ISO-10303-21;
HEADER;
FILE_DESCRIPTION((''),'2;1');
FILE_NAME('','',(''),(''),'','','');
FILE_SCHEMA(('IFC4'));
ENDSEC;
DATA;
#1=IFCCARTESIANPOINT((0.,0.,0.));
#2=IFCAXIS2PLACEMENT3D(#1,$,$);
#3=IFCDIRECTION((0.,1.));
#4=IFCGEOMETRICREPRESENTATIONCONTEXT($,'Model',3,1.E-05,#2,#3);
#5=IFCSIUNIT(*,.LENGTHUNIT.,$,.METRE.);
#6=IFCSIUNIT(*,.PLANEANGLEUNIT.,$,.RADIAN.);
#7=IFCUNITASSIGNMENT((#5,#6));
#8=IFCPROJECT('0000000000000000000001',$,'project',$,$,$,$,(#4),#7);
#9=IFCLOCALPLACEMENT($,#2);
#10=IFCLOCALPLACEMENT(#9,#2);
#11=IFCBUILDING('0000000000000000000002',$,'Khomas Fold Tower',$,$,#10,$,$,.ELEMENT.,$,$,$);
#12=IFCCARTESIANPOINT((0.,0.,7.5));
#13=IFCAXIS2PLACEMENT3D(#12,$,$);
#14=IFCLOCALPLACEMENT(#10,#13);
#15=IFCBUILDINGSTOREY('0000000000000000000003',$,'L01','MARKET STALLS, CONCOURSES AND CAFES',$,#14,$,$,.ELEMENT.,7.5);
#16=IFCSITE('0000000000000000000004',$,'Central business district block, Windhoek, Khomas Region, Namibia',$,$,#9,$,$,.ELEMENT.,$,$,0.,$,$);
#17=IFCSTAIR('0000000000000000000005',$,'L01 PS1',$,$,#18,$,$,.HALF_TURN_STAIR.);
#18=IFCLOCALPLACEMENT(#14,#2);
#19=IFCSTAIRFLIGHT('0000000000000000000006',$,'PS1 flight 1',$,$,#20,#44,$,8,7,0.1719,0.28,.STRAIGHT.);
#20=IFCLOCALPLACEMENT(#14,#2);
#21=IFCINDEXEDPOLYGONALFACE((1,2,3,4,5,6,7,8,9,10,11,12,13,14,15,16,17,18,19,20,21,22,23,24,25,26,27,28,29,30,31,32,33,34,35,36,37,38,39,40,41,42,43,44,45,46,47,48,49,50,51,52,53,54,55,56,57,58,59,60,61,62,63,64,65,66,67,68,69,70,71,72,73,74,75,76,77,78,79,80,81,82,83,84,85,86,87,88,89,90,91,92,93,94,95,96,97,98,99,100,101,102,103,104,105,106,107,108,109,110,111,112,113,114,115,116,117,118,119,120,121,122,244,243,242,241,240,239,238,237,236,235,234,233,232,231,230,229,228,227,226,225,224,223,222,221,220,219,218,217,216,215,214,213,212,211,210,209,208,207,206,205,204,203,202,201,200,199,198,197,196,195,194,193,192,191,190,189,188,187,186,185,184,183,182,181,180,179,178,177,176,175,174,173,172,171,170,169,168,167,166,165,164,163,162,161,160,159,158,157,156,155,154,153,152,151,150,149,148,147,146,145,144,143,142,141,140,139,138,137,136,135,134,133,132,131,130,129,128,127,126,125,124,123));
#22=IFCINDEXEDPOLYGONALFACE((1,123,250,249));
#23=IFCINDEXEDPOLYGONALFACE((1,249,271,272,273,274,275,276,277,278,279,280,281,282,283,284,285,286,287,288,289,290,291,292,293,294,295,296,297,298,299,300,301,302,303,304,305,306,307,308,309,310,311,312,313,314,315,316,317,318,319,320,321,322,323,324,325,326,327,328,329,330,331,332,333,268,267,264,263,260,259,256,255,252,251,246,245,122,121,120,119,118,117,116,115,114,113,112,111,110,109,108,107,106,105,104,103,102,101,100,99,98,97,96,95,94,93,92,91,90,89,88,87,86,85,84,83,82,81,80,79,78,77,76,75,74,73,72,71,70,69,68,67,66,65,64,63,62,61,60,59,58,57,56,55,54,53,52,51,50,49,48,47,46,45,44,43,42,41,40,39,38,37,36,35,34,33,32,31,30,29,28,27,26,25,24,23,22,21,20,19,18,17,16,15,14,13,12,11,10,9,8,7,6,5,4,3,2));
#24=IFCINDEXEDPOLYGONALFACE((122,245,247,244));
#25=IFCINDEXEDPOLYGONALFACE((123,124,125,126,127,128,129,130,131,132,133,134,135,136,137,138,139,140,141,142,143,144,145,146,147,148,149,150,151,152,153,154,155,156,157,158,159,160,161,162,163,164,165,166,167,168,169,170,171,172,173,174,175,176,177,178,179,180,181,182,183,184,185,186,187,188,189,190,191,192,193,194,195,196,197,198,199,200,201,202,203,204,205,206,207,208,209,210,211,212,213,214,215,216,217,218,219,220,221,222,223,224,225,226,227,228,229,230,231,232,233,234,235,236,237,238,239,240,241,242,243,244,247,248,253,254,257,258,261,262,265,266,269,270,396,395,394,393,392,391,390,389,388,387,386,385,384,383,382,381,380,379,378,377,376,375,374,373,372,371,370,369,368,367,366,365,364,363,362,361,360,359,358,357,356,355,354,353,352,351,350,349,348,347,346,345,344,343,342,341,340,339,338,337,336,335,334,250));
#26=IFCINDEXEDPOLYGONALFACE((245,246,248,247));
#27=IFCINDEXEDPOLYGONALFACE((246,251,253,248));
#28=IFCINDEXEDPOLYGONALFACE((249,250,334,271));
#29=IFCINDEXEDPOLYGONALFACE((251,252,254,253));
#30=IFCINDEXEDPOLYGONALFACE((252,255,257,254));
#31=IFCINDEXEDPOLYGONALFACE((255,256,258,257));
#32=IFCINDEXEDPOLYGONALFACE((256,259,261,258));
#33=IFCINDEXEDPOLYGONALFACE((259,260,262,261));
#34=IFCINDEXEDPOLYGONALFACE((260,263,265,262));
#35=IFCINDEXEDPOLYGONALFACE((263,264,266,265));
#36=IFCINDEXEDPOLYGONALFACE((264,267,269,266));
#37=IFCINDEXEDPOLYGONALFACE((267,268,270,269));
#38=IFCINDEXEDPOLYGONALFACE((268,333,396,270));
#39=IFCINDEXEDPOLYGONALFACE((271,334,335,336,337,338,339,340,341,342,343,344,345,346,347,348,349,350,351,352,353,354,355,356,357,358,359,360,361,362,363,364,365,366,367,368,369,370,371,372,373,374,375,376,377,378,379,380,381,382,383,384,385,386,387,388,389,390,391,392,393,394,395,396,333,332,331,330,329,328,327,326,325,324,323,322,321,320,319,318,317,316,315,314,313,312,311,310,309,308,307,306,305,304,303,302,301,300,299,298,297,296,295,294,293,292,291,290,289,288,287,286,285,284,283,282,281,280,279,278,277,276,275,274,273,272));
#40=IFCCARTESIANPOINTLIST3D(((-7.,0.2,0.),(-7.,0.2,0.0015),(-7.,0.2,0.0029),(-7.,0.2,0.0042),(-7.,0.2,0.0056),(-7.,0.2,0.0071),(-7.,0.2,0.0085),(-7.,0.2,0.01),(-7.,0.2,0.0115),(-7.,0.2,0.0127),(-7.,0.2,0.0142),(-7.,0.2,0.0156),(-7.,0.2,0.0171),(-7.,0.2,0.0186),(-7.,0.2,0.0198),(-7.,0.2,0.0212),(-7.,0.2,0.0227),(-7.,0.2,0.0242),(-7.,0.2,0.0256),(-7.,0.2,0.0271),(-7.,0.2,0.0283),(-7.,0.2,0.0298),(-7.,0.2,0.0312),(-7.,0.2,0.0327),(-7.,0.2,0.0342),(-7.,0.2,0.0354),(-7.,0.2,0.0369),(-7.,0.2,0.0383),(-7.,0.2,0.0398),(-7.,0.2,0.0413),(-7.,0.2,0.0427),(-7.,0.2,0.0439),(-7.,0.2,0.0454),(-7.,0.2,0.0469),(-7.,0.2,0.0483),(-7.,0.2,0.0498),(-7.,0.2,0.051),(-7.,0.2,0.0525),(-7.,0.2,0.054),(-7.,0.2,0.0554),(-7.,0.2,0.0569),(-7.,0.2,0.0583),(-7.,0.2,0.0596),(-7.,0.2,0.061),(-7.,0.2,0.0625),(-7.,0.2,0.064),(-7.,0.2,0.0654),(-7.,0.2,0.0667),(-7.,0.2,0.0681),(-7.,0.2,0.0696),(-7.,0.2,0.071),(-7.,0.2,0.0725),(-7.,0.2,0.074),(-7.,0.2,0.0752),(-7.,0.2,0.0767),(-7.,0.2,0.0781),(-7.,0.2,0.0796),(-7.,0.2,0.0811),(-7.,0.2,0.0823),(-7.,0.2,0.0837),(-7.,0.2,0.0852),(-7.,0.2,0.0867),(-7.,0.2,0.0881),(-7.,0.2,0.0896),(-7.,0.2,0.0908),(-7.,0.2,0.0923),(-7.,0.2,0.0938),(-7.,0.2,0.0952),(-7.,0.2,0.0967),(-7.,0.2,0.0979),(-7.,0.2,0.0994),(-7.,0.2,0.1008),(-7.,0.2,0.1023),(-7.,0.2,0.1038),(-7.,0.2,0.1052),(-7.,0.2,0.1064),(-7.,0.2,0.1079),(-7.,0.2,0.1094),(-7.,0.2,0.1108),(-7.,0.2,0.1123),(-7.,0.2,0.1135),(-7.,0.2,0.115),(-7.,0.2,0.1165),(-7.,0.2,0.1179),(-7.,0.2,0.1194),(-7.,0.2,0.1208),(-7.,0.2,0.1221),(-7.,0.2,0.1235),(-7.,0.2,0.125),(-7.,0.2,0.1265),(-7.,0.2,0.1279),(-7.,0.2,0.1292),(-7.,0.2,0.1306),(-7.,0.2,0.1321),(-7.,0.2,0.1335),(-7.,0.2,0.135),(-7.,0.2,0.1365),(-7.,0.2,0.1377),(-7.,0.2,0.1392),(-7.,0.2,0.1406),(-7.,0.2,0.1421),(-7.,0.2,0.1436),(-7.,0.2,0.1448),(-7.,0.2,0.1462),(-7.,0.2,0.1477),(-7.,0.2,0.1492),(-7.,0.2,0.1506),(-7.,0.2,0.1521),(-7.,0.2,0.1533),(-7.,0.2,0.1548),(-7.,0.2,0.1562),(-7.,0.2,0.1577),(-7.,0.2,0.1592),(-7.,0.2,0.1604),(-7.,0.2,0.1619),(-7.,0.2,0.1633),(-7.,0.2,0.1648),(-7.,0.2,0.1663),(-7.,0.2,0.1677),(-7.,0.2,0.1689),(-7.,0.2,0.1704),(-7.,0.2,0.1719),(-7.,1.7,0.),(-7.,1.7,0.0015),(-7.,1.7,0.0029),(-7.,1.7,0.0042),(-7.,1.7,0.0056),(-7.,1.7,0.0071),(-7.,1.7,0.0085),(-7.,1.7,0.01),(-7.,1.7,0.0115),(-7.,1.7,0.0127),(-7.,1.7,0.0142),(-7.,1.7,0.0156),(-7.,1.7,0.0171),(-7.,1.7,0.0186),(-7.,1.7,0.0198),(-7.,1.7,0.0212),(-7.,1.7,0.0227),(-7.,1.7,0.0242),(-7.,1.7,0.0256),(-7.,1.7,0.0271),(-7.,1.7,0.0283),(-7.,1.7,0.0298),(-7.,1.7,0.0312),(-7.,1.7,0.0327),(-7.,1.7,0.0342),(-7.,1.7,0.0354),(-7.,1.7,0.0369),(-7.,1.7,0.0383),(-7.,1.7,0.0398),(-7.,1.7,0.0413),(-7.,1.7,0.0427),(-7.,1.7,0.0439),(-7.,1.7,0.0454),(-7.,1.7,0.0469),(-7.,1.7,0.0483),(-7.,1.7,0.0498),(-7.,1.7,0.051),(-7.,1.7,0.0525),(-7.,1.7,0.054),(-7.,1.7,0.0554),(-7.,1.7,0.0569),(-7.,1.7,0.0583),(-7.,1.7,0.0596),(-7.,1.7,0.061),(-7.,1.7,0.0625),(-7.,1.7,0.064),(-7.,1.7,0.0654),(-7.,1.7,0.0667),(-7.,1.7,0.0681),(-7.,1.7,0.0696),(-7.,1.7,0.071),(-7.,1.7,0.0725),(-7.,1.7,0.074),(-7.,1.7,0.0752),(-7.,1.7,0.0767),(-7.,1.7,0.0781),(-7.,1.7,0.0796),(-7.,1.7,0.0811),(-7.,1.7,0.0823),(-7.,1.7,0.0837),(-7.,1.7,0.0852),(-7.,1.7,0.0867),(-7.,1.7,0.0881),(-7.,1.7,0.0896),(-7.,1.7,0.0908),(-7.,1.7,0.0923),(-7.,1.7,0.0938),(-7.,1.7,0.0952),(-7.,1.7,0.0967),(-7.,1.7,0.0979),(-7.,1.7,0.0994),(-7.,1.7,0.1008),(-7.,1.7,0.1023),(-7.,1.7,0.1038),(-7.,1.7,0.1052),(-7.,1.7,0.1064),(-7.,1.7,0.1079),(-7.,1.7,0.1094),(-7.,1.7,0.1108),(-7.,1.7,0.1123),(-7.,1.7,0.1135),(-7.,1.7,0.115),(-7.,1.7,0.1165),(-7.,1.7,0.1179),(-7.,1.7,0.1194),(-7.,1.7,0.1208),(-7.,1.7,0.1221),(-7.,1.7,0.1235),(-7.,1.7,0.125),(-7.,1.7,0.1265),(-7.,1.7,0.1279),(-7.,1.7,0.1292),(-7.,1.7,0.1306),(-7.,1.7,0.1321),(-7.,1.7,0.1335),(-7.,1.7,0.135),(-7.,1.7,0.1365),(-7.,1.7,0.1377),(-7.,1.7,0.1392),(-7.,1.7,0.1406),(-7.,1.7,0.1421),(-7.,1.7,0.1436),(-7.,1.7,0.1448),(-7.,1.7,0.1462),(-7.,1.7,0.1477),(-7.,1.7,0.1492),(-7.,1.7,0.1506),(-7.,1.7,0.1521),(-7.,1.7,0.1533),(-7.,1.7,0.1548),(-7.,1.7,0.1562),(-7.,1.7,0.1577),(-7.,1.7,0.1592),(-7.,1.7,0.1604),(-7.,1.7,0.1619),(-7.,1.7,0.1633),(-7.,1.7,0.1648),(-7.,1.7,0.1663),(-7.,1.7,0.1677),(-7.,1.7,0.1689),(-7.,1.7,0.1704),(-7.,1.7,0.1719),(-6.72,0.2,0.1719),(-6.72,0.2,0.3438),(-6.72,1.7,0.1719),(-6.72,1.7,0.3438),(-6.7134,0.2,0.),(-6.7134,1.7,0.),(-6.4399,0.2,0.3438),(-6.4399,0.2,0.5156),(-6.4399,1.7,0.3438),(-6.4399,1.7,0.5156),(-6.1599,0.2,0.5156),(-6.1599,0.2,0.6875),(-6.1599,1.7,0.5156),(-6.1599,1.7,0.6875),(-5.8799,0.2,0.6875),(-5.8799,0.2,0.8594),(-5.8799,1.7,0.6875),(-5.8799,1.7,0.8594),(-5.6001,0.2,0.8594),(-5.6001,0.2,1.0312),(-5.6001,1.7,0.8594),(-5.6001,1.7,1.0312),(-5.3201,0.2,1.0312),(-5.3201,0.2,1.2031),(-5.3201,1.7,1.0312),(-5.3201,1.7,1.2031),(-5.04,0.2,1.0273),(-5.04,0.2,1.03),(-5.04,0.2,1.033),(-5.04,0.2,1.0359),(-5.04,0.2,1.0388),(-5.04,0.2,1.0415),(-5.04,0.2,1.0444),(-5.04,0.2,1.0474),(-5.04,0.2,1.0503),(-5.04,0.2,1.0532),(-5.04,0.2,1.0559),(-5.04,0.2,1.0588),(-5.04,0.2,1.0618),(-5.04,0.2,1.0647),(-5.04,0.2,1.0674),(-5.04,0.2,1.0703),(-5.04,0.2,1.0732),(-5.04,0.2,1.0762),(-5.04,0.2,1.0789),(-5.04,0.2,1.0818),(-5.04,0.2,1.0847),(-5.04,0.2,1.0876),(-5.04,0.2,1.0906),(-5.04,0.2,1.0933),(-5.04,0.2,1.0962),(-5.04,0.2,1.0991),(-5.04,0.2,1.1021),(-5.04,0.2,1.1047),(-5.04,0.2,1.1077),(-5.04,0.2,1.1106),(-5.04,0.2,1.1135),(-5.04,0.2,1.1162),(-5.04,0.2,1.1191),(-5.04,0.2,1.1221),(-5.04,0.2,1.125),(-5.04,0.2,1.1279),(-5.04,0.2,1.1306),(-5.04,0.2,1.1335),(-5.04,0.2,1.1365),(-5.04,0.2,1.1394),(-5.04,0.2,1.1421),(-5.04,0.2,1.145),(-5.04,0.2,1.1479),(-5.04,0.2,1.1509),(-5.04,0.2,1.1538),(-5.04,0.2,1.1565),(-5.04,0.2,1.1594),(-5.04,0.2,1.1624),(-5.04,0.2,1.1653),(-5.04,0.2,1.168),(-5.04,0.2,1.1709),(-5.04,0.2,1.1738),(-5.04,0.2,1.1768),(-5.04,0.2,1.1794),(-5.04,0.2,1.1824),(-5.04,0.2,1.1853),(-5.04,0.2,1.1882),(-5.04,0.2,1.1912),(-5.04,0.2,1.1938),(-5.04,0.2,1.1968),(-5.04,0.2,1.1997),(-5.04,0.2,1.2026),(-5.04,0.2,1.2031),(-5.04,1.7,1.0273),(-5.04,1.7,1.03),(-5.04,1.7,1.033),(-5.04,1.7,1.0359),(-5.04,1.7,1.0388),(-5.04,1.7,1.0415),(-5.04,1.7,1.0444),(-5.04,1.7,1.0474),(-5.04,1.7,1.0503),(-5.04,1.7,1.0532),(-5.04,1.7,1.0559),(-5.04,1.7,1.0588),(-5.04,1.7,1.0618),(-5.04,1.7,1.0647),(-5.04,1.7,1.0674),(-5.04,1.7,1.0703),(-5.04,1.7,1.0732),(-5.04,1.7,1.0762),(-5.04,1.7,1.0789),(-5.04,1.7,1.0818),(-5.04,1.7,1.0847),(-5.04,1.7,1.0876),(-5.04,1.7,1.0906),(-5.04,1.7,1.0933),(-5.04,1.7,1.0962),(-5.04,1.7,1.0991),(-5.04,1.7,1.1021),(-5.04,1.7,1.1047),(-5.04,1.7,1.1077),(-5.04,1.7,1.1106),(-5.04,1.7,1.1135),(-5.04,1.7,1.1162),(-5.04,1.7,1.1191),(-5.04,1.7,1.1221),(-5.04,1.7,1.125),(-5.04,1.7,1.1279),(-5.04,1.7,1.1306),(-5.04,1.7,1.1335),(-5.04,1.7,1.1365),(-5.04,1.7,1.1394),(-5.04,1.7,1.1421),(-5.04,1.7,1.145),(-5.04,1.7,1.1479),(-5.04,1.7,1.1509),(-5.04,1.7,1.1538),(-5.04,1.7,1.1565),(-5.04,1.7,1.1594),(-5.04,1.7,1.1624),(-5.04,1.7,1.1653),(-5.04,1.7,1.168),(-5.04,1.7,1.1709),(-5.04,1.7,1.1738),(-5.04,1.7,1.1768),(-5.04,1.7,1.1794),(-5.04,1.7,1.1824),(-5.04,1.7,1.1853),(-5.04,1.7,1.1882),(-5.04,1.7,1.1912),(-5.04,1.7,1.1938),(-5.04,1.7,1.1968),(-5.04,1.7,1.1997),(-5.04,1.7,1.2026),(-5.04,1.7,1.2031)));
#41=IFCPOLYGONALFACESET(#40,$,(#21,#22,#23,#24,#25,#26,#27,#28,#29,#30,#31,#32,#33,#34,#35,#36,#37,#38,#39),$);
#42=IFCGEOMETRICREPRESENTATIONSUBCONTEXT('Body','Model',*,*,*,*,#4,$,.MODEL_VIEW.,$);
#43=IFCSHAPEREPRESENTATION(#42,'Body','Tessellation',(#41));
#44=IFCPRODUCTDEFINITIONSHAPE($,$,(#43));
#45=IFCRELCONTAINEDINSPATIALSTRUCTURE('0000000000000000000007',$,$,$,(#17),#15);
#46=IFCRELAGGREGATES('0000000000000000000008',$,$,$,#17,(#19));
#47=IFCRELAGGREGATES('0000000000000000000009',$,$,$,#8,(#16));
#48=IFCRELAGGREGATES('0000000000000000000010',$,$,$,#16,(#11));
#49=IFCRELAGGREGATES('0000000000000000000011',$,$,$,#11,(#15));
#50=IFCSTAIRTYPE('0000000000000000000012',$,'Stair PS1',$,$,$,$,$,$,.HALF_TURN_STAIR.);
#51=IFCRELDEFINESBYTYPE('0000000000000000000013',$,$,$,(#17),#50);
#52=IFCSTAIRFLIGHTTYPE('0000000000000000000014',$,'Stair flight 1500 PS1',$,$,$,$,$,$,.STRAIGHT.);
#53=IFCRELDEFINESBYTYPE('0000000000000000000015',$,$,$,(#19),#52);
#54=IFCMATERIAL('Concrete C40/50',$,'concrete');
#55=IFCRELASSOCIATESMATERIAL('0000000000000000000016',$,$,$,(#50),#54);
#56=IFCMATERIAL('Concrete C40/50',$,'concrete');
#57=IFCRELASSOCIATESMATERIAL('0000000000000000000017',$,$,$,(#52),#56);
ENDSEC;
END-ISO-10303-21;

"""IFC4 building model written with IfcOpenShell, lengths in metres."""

from ifc_helpers import new_model, si_unit, direction, frame, origin, place, context, subcontext, project, spatial, polyline, outline, extrude, source, transform, mapped, material, type_object, element, aggregate, save


model = new_model("IFC4")

# Units and contexts
model_context = context("Model", 3, precision=1e-05, world=origin(), true_north=direction((0.0, 1.0)))
body_context = subcontext(model_context, "Body", "Model", "MODEL_VIEW")
ifc_project = project(units=[si_unit("LENGTHUNIT", "METRE"), si_unit("PLANEANGLEUNIT", "RADIAN")], contexts=[model_context])

# Site, building, storey
site_placement = place(None, origin())
site = spatial("IfcSite", under=ifc_project, at=site_placement, Name="Central business district block, Windhoek, Khomas Region, Namibia", CompositionType="ELEMENT", RefElevation=0.0)
building_placement = place(site_placement, origin())
building = spatial("IfcBuilding", under=site, at=building_placement, Name="Khomas Fold Tower", CompositionType="ELEMENT")
storey_placement = place(building_placement, frame((0.0, 0.0, 7.5)))
storey = spatial("IfcBuildingStorey", under=building, at=storey_placement, Name="L01", Description="MARKET STALLS, CONCOURSES AND CAFES", CompositionType="ELEMENT", Elevation=7.5)

# Stair, stair flight
ifc_material_1 = material(Name="Concrete C40/50", Category="concrete")
stair_type = type_object("IfcStairType", Name="Stair PS1", PredefinedType="HALF_TURN_STAIR", material=ifc_material_1)
stair_placement = place(storey_placement, origin())
stair = element("IfcStair", 1, at=stair_placement, inside=storey, type_object=stair_type, Name="L01 PS1", PredefinedType="HALF_TURN_STAIR")
ifc_material_2 = material(Name="Concrete C40/50", Category="concrete")
stair_flight_type = type_object("IfcStairFlightType", Name="Stair flight 1500 PS1", PredefinedType="STRAIGHT", material=ifc_material_2)
shared_shape_1 = source(origin(), body_context, "Body", "SweptSolid", [
    extrude(outline(polyline([(0.0, 0.0), (0.0, 0.0015), (0.0, 0.0029), (0.0, 0.0042), (0.0, 0.0056), (0.0, 0.0071), (0.0, 0.0085), (0.0, 0.01), (0.0, 0.0115), (0.0, 0.0127), (0.0, 0.0142), (0.0, 0.0156), (0.0, 0.0171), (0.0, 0.0186), (0.0, 0.0198), (0.0, 0.0212), (0.0, 0.0227), (0.0, 0.0242), (0.0, 0.0256), (0.0, 0.0271), (0.0, 0.0283), (0.0, 0.0298), (0.0, 0.0312), (0.0, 0.0327), (0.0, 0.0342), (0.0, 0.0354), (0.0, 0.0369), (0.0, 0.0383), (0.0, 0.0398), (0.0, 0.0413), (0.0, 0.0427), (0.0, 0.0439), (0.0, 0.0454), (0.0, 0.0469), (0.0, 0.0483), (0.0, 0.0498), (0.0, 0.051), (0.0, 0.0525), (0.0, 0.054), (0.0, 0.0554), (0.0, 0.0569), (0.0, 0.0583), (0.0, 0.0596), (0.0, 0.061), (0.0, 0.0625), (0.0, 0.064), (0.0, 0.0654), (0.0, 0.0667), (0.0, 0.0681), (0.0, 0.0696), (0.0, 0.071), (0.0, 0.0725), (0.0, 0.074), (0.0, 0.0752), (0.0, 0.0767), (0.0, 0.0781), (0.0, 0.0796), (0.0, 0.0811), (0.0, 0.0823), (0.0, 0.0837), (0.0, 0.0852), (0.0, 0.0867), (0.0, 0.0881), (0.0, 0.0896), (0.0, 0.0908), (0.0, 0.0923), (0.0, 0.0938), (0.0, 0.0952), (0.0, 0.0967), (0.0, 0.0979), (0.0, 0.0994), (0.0, 0.1008), (0.0, 0.1023), (0.0, 0.1038), (0.0, 0.1052), (0.0, 0.1064), (0.0, 0.1079), (0.0, 0.1094), (0.0, 0.1108), (0.0, 0.1123), (0.0, 0.1135), (0.0, 0.115), (0.0, 0.1165), (0.0, 0.1179), (0.0, 0.1194), (0.0, 0.1208), (0.0, 0.1221), (0.0, 0.1235), (0.0, 0.125), (0.0, 0.1265), (0.0, 0.1279), (0.0, 0.1292), (0.0, 0.1306), (0.0, 0.1321), (0.0, 0.1335), (0.0, 0.135), (0.0, 0.1365), (0.0, 0.1377), (0.0, 0.1392), (0.0, 0.1406), (0.0, 0.1421), (0.0, 0.1436), (0.0, 0.1448), (0.0, 0.1462), (0.0, 0.1477), (0.0, 0.1492), (0.0, 0.1506), (0.0, 0.1521), (0.0, 0.1533), (0.0, 0.1548), (0.0, 0.1562), (0.0, 0.1577), (0.0, 0.1592), (0.0, 0.1604), (0.0, 0.1619), (0.0, 0.1633), (0.0, 0.1648), (0.0, 0.1663), (0.0, 0.1677), (0.0, 0.1689), (0.0, 0.1704), (0.0, 0.1719), (0.28, 0.1719), (0.28, 0.3438), (0.5601, 0.3438), (0.5601, 0.5156), (0.8401, 0.5156), (0.8401, 0.6875), (1.1201, 0.6875), (1.1201, 0.8594), (1.3999, 0.8594), (1.3999, 1.0312), (1.6799, 1.0312), (1.6799, 1.2031), (1.96, 1.2031), (1.96, 1.375), (1.96, 1.3721), (1.96, 1.3691), (1.96, 1.3665), (1.96, 1.3635), (1.96, 1.3606), (1.96, 1.3577), (1.96, 1.355), (1.96, 1.3521), (1.96, 1.3491), (1.96, 1.3462), (1.96, 1.3435), (1.96, 1.3406), (1.96, 1.3376), (1.96, 1.3347), (1.96, 1.3318), (1.96, 1.3291), (1.96, 1.3262), (1.96, 1.3232), (1.96, 1.3203), (1.96, 1.3176), (1.96, 1.3147), (1.96, 1.3118), (1.96, 1.3088), (1.96, 1.3059), (1.96, 1.3032), (1.96, 1.3003), (1.96, 1.2974), (1.96, 1.2944), (1.96, 1.2917), (1.96, 1.2888), (1.96, 1.2859), (1.96, 1.283), (1.96, 1.2803), (1.96, 1.2773), (1.96, 1.2744), (1.96, 1.2715), (1.96, 1.2686), (1.96, 1.2659), (1.96, 1.2629), (1.96, 1.26), (1.96, 1.2571), (1.96, 1.2544), (1.96, 1.2515), (1.96, 1.2485), (1.96, 1.2456), (1.96, 1.2427), (1.96, 1.24), (1.96, 1.2371), (1.96, 1.2341), (1.96, 1.2312), (1.96, 1.2285), (1.96, 1.2256), (1.96, 1.2227), (1.96, 1.2197), (1.96, 1.217), (1.96, 1.2141), (1.96, 1.2112), (1.96, 1.2083), (1.96, 1.2053), (1.96, 1.2026), (1.96, 1.1997), (1.96, 1.1968), (1.96, 1.1938), (1.96, 1.1912), (1.96, 1.1882), (1.96, 1.1853), (1.96, 1.1824), (1.96, 1.1794), (1.96, 1.1768), (1.96, 1.1738), (1.96, 1.1709), (1.96, 1.168), (1.96, 1.1653), (1.96, 1.1624), (1.96, 1.1594), (1.96, 1.1565), (1.96, 1.1538), (1.96, 1.1509), (1.96, 1.1479), (1.96, 1.145), (1.96, 1.1421), (1.96, 1.1394), (1.96, 1.1365), (1.96, 1.1335), (1.96, 1.1306), (1.96, 1.1279), (1.96, 1.125), (1.96, 1.1221), (1.96, 1.1191), (1.96, 1.1162), (1.96, 1.1135), (1.96, 1.1106), (1.96, 1.1077), (1.96, 1.1047), (1.96, 1.1021), (1.96, 1.0991), (1.96, 1.0962), (1.96, 1.0933), (1.96, 1.0906), (1.96, 1.0876), (1.96, 1.0847), (1.96, 1.0818), (1.96, 1.0789), (1.96, 1.0762), (1.96, 1.0732), (1.96, 1.0703), (1.96, 1.0674), (1.96, 1.0647), (1.96, 1.0618), (1.96, 1.0588), (1.96, 1.0559), (1.96, 1.0532), (1.96, 1.0503), (1.96, 1.0474), (1.96, 1.0444), (1.96, 1.0415), (1.96, 1.0388), (1.96, 1.0359), (1.96, 1.033), (1.96, 1.03), (1.96, 1.0273), (0.2866, 0.0), (0.0, 0.0)])), frame((0.0, 0.75, 0.0), z_axis=(0.0, -1.0, 0.0), x_axis=(1.0, 0.0, 0.0)), (0.0, 0.0, 1.0), 1.5),
])
stair_flight_1_placement = place(storey_placement, frame((-7.0, 0.95, 0.0), z_axis=(0.0, 0.0, 1.0), x_axis=(1.0, 0.0, 0.0)))
stair_flight_1 = element("IfcStairFlight", 2, at=stair_flight_1_placement, type_object=stair_flight_type, Name="PS1 flight 1", NumberOfRisers=8, NumberOfTreads=7, PredefinedType="STRAIGHT", RiserHeight=0.1719, TreadLength=0.28, context=body_context, shape_type="MappedRepresentation", body=[
    mapped(shared_shape_1, transform((0.0, 0.0, 0.0))),
])
aggregate(stair, [stair_flight_1])

save(model, "model.ifc")
